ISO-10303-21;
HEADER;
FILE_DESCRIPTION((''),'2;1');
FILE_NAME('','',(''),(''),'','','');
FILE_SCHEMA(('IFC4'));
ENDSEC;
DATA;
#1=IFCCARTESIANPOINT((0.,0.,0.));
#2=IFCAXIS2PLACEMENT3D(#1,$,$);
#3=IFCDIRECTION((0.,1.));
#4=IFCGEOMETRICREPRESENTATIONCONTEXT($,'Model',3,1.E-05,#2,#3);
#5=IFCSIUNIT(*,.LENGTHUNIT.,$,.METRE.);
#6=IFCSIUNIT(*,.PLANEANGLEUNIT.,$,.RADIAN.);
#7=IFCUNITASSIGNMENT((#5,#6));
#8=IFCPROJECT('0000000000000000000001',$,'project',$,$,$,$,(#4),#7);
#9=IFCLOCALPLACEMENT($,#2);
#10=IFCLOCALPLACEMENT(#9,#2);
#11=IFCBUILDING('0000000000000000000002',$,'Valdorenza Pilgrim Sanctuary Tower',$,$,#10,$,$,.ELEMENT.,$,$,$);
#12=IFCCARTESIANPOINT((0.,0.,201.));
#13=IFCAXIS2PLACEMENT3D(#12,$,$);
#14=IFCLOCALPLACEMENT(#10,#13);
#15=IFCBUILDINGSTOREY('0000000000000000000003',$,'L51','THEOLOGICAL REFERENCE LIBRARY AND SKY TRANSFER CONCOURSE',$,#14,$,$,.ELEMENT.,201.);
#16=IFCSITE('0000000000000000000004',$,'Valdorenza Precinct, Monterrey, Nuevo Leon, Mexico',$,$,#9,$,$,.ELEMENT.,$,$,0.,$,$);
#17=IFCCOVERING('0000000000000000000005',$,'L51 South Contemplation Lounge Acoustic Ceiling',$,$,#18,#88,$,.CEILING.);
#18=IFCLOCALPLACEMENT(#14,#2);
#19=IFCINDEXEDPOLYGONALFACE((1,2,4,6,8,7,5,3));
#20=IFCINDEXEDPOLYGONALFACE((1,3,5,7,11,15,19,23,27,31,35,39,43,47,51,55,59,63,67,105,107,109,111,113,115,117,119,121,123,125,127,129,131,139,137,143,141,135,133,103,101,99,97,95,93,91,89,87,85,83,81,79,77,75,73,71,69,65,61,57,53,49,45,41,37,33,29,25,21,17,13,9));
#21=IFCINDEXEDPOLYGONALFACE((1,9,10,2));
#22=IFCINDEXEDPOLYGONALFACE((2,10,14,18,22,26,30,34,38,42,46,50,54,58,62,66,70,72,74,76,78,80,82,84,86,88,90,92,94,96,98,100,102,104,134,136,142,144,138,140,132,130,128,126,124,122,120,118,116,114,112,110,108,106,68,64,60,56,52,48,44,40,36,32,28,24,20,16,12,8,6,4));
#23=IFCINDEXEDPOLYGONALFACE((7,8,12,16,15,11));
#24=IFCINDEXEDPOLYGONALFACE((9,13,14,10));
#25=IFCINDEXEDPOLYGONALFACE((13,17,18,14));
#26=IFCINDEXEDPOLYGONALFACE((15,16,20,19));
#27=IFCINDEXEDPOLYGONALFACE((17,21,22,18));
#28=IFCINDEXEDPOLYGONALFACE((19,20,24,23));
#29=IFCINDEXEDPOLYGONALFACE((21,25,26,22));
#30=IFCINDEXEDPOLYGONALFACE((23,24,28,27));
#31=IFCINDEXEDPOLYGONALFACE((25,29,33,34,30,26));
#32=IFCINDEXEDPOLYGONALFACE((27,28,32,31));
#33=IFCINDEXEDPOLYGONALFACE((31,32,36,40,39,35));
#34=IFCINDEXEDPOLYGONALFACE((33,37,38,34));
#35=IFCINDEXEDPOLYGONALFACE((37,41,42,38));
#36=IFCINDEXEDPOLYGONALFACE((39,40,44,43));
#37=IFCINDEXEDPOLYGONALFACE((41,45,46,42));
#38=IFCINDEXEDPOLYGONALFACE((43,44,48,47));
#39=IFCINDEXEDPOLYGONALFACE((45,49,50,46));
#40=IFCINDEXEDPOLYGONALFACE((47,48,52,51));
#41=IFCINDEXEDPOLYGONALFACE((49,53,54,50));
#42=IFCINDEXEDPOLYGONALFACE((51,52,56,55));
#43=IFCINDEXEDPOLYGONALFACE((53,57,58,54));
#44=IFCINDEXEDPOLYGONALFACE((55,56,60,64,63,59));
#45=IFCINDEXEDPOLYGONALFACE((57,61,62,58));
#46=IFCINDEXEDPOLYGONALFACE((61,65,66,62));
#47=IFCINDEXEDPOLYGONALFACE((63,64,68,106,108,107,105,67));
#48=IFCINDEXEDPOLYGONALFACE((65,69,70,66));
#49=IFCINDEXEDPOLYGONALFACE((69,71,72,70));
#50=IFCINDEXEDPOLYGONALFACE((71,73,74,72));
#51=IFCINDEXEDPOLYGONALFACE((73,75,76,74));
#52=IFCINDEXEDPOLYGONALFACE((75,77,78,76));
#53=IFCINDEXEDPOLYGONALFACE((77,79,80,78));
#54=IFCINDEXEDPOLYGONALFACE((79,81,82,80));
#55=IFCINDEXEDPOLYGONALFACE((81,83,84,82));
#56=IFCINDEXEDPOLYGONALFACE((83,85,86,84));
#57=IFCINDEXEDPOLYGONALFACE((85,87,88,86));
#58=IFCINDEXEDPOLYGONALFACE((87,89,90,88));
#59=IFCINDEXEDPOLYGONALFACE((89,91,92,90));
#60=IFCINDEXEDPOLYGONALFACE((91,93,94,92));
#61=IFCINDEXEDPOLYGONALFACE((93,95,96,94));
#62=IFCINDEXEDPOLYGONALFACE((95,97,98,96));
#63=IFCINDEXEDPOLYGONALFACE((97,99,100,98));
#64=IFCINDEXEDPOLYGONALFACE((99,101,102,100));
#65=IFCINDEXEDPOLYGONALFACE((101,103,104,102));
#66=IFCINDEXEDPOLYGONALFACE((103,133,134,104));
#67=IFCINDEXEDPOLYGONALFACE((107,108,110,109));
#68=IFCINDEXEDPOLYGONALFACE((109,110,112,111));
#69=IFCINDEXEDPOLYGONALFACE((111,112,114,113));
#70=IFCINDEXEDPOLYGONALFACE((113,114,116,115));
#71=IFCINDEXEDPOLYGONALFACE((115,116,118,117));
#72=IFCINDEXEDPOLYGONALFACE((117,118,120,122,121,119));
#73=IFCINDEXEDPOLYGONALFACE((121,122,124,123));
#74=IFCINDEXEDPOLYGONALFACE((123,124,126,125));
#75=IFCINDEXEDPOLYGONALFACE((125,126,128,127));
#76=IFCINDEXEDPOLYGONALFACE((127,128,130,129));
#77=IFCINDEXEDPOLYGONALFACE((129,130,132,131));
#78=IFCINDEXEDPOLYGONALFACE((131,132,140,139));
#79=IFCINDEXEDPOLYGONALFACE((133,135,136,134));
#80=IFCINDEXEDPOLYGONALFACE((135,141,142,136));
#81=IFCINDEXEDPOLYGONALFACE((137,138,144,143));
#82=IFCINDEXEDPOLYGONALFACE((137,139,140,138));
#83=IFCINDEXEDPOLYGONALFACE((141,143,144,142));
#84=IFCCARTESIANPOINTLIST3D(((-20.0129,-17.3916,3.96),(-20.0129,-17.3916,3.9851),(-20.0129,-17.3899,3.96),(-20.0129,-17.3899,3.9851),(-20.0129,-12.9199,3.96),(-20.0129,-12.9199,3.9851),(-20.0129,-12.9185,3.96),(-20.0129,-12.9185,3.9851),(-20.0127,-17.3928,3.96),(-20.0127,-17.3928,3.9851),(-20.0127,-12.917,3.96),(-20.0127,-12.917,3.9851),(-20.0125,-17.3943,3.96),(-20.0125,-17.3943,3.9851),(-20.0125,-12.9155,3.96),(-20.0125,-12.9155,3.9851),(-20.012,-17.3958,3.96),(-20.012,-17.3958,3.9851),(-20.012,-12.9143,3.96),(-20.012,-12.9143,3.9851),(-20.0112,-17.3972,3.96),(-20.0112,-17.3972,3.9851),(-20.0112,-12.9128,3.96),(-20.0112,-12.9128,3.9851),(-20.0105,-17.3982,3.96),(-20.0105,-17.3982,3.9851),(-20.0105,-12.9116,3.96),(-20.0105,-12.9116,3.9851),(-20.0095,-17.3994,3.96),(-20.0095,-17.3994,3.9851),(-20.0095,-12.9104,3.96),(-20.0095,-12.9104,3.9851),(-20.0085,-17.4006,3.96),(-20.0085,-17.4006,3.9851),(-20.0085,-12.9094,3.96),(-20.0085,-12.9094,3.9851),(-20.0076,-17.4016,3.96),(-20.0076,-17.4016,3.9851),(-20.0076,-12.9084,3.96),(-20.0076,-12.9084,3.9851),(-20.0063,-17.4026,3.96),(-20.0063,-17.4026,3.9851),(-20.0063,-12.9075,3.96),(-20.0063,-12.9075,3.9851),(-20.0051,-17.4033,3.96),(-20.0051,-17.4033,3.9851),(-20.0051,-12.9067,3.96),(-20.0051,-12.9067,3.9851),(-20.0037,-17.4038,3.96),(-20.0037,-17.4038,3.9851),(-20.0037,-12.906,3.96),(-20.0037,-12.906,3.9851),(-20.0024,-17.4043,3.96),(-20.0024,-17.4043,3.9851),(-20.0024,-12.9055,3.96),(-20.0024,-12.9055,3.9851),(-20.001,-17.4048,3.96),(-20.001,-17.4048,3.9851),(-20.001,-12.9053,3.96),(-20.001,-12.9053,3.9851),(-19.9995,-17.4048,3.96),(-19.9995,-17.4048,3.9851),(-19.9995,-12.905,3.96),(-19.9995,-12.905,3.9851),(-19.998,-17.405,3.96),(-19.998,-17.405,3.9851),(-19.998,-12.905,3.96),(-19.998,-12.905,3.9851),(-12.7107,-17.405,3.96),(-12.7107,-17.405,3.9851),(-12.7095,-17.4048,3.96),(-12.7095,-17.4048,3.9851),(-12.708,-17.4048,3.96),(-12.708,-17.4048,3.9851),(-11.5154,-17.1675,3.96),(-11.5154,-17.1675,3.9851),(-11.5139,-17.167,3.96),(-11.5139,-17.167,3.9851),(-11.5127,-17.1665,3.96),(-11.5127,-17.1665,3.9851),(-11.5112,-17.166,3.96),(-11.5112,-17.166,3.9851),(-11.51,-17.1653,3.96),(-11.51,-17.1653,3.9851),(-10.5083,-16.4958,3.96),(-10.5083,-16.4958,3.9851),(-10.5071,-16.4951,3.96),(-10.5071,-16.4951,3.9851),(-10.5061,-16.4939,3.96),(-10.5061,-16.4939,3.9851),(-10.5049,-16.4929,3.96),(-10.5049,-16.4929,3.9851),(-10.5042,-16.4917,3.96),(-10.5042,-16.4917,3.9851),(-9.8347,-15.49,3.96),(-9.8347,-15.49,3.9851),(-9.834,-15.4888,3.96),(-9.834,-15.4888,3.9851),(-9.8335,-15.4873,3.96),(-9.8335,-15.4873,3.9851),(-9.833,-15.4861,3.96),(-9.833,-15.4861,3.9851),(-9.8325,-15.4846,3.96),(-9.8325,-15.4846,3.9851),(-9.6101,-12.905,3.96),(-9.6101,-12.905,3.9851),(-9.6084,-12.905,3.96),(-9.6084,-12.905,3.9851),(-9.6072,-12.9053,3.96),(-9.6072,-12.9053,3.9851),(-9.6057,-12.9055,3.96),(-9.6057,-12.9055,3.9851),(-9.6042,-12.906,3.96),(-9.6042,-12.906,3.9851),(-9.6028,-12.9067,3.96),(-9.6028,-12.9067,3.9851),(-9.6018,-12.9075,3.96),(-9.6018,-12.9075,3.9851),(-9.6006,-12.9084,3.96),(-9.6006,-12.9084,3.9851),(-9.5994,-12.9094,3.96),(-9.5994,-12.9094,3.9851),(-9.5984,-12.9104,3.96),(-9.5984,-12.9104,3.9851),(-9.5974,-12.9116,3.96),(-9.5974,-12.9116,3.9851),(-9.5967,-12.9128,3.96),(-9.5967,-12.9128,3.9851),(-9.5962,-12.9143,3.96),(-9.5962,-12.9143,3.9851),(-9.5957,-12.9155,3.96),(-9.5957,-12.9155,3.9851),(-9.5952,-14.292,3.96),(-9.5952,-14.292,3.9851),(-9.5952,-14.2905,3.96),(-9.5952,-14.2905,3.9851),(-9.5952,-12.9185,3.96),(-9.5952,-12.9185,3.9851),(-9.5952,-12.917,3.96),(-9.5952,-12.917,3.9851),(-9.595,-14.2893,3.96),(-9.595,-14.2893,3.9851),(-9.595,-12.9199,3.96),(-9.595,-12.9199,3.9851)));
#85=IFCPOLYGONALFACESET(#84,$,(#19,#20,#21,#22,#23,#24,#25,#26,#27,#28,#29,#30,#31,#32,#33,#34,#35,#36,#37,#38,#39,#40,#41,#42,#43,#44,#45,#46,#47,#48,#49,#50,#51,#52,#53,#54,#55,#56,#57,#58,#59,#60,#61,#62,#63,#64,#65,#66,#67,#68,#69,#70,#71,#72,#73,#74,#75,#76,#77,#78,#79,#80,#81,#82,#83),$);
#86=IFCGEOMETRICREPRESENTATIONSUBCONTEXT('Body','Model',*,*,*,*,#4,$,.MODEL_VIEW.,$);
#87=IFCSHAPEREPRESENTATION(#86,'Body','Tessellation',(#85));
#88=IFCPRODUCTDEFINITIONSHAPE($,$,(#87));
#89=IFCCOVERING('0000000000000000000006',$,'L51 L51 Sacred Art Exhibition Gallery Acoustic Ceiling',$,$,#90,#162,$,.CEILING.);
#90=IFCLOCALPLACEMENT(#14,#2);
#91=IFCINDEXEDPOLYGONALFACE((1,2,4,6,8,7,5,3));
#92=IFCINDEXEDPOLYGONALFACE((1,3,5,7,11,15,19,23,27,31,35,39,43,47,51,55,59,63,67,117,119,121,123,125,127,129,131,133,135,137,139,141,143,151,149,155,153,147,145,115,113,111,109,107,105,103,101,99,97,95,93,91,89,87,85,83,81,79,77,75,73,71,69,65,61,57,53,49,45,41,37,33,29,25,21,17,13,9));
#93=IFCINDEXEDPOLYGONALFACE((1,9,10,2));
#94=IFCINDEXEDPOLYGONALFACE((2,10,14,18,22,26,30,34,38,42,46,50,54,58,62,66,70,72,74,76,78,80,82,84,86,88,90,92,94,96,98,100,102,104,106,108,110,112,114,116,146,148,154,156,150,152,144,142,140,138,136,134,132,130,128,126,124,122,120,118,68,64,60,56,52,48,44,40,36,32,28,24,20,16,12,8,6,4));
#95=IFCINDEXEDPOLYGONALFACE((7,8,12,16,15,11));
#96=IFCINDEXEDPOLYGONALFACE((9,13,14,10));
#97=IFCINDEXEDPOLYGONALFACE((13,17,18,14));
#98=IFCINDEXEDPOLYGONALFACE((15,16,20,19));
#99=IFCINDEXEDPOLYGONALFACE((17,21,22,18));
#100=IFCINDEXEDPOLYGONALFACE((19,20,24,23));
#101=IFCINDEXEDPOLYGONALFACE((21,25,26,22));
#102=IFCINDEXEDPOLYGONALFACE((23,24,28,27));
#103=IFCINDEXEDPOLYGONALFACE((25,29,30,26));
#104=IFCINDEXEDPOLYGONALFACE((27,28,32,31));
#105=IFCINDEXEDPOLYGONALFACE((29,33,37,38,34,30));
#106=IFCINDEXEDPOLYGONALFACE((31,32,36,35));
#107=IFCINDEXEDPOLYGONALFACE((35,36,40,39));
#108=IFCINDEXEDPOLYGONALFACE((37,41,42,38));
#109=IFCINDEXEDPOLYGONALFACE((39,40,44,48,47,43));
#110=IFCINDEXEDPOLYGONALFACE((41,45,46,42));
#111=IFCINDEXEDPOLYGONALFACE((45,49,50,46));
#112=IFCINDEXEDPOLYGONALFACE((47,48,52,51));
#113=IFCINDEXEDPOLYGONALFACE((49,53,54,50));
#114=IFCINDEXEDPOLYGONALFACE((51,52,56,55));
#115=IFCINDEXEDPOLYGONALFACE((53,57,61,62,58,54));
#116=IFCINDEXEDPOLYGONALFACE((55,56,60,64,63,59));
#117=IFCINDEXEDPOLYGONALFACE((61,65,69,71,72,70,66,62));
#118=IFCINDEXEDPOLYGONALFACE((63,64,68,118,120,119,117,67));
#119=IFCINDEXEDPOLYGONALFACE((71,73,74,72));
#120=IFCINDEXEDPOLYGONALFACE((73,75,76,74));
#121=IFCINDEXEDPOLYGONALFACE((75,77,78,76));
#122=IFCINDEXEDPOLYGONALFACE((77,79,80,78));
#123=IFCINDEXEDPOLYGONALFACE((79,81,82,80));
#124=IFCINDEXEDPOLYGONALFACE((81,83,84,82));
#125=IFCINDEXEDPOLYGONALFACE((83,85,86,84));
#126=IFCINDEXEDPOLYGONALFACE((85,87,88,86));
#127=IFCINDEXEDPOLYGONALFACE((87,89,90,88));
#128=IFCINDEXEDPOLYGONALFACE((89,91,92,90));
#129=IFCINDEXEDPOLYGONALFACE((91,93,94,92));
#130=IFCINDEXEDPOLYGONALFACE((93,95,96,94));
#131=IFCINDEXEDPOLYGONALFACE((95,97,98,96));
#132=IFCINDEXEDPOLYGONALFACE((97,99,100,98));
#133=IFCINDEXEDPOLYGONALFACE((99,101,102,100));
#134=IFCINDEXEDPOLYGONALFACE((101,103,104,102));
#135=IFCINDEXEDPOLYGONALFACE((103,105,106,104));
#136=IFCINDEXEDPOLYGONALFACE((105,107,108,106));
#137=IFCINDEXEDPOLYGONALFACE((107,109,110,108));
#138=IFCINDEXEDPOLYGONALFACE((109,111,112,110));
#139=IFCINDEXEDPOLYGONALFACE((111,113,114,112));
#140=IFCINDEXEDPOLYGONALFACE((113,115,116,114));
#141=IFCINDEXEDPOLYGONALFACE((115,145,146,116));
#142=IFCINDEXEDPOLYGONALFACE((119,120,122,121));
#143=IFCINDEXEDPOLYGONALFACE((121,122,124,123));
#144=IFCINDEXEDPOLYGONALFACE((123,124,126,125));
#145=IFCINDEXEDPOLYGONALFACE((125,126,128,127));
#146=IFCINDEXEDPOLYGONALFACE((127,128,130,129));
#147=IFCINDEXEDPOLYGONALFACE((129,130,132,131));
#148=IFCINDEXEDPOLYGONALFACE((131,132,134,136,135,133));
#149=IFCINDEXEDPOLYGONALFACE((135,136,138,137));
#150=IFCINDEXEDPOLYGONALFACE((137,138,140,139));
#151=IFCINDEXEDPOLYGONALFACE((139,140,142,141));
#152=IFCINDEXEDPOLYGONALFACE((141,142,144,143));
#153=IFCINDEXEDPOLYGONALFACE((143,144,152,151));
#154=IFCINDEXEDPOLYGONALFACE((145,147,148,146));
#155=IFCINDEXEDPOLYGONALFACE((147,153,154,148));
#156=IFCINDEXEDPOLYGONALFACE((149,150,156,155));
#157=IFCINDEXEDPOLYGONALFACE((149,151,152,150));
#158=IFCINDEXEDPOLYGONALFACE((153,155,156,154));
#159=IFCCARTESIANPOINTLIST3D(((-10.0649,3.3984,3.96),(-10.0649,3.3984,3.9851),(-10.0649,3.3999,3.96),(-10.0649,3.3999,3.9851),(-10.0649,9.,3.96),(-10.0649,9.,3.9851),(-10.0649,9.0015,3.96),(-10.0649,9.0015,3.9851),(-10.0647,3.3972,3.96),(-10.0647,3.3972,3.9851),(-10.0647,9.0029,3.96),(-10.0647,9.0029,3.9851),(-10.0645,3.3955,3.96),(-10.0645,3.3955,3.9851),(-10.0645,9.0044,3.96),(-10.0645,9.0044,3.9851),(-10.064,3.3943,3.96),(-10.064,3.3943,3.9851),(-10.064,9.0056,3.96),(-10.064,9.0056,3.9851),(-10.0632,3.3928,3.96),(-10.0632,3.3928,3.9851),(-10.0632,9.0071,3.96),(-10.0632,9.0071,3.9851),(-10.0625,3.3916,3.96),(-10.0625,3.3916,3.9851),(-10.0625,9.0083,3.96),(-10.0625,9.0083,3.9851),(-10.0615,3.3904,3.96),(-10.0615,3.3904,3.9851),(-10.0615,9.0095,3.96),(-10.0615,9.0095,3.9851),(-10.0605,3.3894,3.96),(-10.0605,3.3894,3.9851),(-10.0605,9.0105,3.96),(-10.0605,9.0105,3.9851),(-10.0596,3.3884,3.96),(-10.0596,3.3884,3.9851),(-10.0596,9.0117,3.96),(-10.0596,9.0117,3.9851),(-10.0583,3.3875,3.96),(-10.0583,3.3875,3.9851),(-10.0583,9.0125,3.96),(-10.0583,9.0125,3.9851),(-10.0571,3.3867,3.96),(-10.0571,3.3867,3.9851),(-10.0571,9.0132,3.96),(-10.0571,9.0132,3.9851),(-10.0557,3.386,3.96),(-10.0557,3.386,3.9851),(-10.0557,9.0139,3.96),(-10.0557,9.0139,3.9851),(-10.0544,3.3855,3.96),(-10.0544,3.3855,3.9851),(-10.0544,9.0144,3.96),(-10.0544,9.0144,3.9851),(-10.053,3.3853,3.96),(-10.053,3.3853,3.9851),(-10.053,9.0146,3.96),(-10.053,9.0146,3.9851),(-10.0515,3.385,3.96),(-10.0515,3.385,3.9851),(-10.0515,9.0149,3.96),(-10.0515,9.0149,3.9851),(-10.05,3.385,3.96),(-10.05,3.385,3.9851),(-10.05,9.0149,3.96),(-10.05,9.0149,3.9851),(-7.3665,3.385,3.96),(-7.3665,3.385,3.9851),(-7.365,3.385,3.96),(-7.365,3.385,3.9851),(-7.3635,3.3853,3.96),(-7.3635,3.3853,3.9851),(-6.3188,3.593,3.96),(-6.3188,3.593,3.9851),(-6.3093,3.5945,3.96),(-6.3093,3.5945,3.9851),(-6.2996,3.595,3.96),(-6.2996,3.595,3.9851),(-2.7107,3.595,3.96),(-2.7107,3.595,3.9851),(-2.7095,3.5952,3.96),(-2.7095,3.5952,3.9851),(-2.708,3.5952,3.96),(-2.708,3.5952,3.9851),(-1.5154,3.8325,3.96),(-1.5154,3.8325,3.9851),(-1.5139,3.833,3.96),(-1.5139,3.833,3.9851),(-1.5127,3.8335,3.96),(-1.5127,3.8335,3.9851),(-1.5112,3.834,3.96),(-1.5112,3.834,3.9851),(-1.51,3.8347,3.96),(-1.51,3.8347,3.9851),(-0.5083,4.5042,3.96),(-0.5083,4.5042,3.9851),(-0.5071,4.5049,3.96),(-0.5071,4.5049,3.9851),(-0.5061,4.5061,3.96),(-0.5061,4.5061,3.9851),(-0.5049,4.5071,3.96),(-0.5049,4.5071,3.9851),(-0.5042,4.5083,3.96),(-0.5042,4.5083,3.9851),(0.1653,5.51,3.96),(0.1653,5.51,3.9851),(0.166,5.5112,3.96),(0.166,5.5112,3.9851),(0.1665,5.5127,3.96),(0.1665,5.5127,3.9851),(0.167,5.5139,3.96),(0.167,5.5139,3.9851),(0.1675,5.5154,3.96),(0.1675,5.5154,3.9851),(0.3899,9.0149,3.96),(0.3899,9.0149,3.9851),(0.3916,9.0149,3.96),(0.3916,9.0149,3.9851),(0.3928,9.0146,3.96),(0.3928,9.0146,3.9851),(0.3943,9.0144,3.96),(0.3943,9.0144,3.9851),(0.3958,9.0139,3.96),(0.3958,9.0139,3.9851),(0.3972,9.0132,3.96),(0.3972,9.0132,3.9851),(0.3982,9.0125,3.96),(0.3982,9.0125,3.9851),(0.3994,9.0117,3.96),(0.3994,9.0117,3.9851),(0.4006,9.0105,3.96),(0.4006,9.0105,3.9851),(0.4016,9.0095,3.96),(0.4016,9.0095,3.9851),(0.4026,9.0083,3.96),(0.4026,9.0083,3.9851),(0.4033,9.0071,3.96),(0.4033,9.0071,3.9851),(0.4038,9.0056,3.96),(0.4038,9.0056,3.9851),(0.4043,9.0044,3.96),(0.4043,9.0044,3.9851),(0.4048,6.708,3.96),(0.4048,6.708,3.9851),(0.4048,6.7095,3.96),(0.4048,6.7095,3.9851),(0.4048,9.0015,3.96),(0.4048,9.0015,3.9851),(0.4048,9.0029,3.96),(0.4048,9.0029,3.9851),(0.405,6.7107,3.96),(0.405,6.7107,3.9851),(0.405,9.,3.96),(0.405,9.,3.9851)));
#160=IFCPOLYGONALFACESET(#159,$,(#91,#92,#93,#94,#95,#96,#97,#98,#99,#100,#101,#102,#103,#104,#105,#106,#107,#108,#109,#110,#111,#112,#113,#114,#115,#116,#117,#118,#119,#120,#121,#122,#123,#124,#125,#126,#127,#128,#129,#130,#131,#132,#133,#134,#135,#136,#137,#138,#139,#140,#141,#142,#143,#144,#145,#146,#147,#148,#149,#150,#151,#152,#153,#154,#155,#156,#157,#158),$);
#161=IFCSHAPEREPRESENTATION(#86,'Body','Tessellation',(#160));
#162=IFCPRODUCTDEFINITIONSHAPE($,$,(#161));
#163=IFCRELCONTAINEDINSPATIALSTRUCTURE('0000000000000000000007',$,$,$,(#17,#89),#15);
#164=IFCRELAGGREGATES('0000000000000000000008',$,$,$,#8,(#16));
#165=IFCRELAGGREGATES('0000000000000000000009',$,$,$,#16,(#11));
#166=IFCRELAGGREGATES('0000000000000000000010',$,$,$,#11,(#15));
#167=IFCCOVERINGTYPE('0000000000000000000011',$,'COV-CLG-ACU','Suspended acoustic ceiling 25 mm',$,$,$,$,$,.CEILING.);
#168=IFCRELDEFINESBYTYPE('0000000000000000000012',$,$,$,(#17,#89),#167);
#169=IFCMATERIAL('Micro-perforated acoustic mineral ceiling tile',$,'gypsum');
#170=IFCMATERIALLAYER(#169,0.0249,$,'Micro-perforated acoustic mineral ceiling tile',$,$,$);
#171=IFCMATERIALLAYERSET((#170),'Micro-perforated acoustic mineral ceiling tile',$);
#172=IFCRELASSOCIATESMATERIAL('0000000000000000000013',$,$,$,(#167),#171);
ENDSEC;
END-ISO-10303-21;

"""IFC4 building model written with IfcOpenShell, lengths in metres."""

from ifc_helpers import new_model, si_unit, direction, frame, origin, place, context, subcontext, project, spatial, polyline, outline, extrude, material, layer, layer_set, type_object, element, save


model = new_model("IFC4")

# Units and contexts
model_context = context("Model", 3, precision=1e-05, world=origin(), true_north=direction((0.0, 1.0)))
body_context = subcontext(model_context, "Body", "Model", "MODEL_VIEW")
ifc_project = project(units=[si_unit("LENGTHUNIT", "METRE"), si_unit("PLANEANGLEUNIT", "RADIAN")], contexts=[model_context])

# Site, building, storey
site_placement = place(None, origin())
site = spatial("IfcSite", under=ifc_project, at=site_placement, Name="Valdorenza Precinct, Monterrey, Nuevo Leon, Mexico", CompositionType="ELEMENT", RefElevation=0.0)
building_placement = place(site_placement, origin())
building = spatial("IfcBuilding", under=site, at=building_placement, Name="Valdorenza Pilgrim Sanctuary Tower", CompositionType="ELEMENT")
storey_placement = place(building_placement, frame((0.0, 0.0, 201.0)))
storey = spatial("IfcBuildingStorey", under=building, at=storey_placement, Name="L51", Description="THEOLOGICAL REFERENCE LIBRARY AND SKY TRANSFER CONCOURSE", CompositionType="ELEMENT", Elevation=201.0)

# Coverings
ifc_material_1 = material(Name="Micro-perforated acoustic mineral ceiling tile", Category="gypsum")
ifc_layer_1 = layer(ifc_material_1, 0.0249, Name="Micro-perforated acoustic mineral ceiling tile")
ifc_layer_set_1 = layer_set([ifc_layer_1], Name="Micro-perforated acoustic mineral ceiling tile")
covering_type_1 = type_object("IfcCoveringType", Name="COV-CLG-ACU", Description="Suspended acoustic ceiling 25 mm", PredefinedType="CEILING", material=ifc_layer_set_1)
covering_1_placement = place(storey_placement, frame((0.0, 0.0, 3.96)))
element("IfcCovering", 1, at=covering_1_placement, inside=storey, type_object=covering_type_1, Name="L51 South Contemplation Lounge Acoustic Ceiling", PredefinedType="CEILING", context=body_context, shape_type="SweptSolid", body=[
    extrude(outline(polyline([(-9.6101, -12.905), (-9.6084, -12.905), (-9.6072, -12.9053), (-9.6057, -12.9055), (-9.6042, -12.906), (-9.6028, -12.9067), (-9.6018, -12.9075), (-9.6006, -12.9084), (-9.5994, -12.9094), (-9.5984, -12.9104), (-9.5974, -12.9116), (-9.5967, -12.9128), (-9.5962, -12.9143), (-9.5957, -12.9155), (-9.5952, -12.917), (-9.5952, -12.9185), (-9.595, -12.9199), (-9.595, -14.2893), (-9.5952, -14.2905), (-9.5952, -14.292), (-9.8325, -15.4846), (-9.833, -15.4861), (-9.8335, -15.4873), (-9.834, -15.4888), (-9.8347, -15.49), (-10.5042, -16.4917), (-10.5049, -16.4929), (-10.5061, -16.4939), (-10.5071, -16.4951), (-10.5083, -16.4958), (-11.51, -17.1653), (-11.5112, -17.166), (-11.5127, -17.1665), (-11.5139, -17.167), (-11.5154, -17.1675), (-12.708, -17.4048), (-12.7095, -17.4048), (-12.7107, -17.405), (-19.998, -17.405), (-19.9995, -17.4048), (-20.001, -17.4048), (-20.0024, -17.4043), (-20.0037, -17.4038), (-20.0051, -17.4033), (-20.0063, -17.4026), (-20.0076, -17.4016), (-20.0085, -17.4006), (-20.0095, -17.3994), (-20.0105, -17.3982), (-20.0112, -17.3972), (-20.012, -17.3958), (-20.0125, -17.3943), (-20.0127, -17.3928), (-20.0129, -17.3916), (-20.0129, -17.3899), (-20.0129, -12.9199), (-20.0129, -12.9185), (-20.0127, -12.917), (-20.0125, -12.9155), (-20.012, -12.9143), (-20.0112, -12.9128), (-20.0105, -12.9116), (-20.0095, -12.9104), (-20.0085, -12.9094), (-20.0076, -12.9084), (-20.0063, -12.9075), (-20.0051, -12.9067), (-20.0037, -12.906), (-20.0024, -12.9055), (-20.001, -12.9053), (-19.9995, -12.905), (-19.998, -12.905), (-9.6101, -12.905)])), origin(), (0.0, 0.0, 1.0), 0.0251),
])
covering_2_placement = place(storey_placement, frame((0.0, 0.0, 3.96)))
element("IfcCovering", 2, at=covering_2_placement, inside=storey, type_object=covering_type_1, Name="L51 L51 Sacred Art Exhibition Gallery Acoustic Ceiling", PredefinedType="CEILING", context=body_context, shape_type="SweptSolid", body=[
    extrude(outline(polyline([(-10.0649, 9.0), (-10.0649, 9.0015), (-10.0647, 9.0029), (-10.0645, 9.0044), (-10.064, 9.0056), (-10.0632, 9.0071), (-10.0625, 9.0083), (-10.0615, 9.0095), (-10.0605, 9.0105), (-10.0596, 9.0117), (-10.0583, 9.0125), (-10.0571, 9.0132), (-10.0557, 9.0139), (-10.0544, 9.0144), (-10.053, 9.0146), (-10.0515, 9.0149), (-10.05, 9.0149), (0.3899, 9.0149), (0.3916, 9.0149), (0.3928, 9.0146), (0.3943, 9.0144), (0.3958, 9.0139), (0.3972, 9.0132), (0.3982, 9.0125), (0.3994, 9.0117), (0.4006, 9.0105), (0.4016, 9.0095), (0.4026, 9.0083), (0.4033, 9.0071), (0.4038, 9.0056), (0.4043, 9.0044), (0.4048, 9.0029), (0.4048, 9.0015), (0.405, 9.0), (0.405, 6.7107), (0.4048, 6.7095), (0.4048, 6.708), (0.1675, 5.5154), (0.167, 5.5139), (0.1665, 5.5127), (0.166, 5.5112), (0.1653, 5.51), (-0.5042, 4.5083), (-0.5049, 4.5071), (-0.5061, 4.5061), (-0.5071, 4.5049), (-0.5083, 4.5042), (-1.51, 3.8347), (-1.5112, 3.834), (-1.5127, 3.8335), (-1.5139, 3.833), (-1.5154, 3.8325), (-2.708, 3.5952), (-2.7095, 3.5952), (-2.7107, 3.595), (-6.2996, 3.595), (-6.3093, 3.5945), (-6.3188, 3.593), (-7.3635, 3.3853), (-7.365, 3.385), (-7.3665, 3.385), (-10.05, 3.385), (-10.0515, 3.385), (-10.053, 3.3853), (-10.0544, 3.3855), (-10.0557, 3.386), (-10.0571, 3.3867), (-10.0583, 3.3875), (-10.0596, 3.3884), (-10.0605, 3.3894), (-10.0615, 3.3904), (-10.0625, 3.3916), (-10.0632, 3.3928), (-10.064, 3.3943), (-10.0645, 3.3955), (-10.0647, 3.3972), (-10.0649, 3.3984), (-10.0649, 3.3999), (-10.0649, 9.0)])), origin(), (0.0, 0.0, 1.0), 0.0251),
])

save(model, "model.ifc")
